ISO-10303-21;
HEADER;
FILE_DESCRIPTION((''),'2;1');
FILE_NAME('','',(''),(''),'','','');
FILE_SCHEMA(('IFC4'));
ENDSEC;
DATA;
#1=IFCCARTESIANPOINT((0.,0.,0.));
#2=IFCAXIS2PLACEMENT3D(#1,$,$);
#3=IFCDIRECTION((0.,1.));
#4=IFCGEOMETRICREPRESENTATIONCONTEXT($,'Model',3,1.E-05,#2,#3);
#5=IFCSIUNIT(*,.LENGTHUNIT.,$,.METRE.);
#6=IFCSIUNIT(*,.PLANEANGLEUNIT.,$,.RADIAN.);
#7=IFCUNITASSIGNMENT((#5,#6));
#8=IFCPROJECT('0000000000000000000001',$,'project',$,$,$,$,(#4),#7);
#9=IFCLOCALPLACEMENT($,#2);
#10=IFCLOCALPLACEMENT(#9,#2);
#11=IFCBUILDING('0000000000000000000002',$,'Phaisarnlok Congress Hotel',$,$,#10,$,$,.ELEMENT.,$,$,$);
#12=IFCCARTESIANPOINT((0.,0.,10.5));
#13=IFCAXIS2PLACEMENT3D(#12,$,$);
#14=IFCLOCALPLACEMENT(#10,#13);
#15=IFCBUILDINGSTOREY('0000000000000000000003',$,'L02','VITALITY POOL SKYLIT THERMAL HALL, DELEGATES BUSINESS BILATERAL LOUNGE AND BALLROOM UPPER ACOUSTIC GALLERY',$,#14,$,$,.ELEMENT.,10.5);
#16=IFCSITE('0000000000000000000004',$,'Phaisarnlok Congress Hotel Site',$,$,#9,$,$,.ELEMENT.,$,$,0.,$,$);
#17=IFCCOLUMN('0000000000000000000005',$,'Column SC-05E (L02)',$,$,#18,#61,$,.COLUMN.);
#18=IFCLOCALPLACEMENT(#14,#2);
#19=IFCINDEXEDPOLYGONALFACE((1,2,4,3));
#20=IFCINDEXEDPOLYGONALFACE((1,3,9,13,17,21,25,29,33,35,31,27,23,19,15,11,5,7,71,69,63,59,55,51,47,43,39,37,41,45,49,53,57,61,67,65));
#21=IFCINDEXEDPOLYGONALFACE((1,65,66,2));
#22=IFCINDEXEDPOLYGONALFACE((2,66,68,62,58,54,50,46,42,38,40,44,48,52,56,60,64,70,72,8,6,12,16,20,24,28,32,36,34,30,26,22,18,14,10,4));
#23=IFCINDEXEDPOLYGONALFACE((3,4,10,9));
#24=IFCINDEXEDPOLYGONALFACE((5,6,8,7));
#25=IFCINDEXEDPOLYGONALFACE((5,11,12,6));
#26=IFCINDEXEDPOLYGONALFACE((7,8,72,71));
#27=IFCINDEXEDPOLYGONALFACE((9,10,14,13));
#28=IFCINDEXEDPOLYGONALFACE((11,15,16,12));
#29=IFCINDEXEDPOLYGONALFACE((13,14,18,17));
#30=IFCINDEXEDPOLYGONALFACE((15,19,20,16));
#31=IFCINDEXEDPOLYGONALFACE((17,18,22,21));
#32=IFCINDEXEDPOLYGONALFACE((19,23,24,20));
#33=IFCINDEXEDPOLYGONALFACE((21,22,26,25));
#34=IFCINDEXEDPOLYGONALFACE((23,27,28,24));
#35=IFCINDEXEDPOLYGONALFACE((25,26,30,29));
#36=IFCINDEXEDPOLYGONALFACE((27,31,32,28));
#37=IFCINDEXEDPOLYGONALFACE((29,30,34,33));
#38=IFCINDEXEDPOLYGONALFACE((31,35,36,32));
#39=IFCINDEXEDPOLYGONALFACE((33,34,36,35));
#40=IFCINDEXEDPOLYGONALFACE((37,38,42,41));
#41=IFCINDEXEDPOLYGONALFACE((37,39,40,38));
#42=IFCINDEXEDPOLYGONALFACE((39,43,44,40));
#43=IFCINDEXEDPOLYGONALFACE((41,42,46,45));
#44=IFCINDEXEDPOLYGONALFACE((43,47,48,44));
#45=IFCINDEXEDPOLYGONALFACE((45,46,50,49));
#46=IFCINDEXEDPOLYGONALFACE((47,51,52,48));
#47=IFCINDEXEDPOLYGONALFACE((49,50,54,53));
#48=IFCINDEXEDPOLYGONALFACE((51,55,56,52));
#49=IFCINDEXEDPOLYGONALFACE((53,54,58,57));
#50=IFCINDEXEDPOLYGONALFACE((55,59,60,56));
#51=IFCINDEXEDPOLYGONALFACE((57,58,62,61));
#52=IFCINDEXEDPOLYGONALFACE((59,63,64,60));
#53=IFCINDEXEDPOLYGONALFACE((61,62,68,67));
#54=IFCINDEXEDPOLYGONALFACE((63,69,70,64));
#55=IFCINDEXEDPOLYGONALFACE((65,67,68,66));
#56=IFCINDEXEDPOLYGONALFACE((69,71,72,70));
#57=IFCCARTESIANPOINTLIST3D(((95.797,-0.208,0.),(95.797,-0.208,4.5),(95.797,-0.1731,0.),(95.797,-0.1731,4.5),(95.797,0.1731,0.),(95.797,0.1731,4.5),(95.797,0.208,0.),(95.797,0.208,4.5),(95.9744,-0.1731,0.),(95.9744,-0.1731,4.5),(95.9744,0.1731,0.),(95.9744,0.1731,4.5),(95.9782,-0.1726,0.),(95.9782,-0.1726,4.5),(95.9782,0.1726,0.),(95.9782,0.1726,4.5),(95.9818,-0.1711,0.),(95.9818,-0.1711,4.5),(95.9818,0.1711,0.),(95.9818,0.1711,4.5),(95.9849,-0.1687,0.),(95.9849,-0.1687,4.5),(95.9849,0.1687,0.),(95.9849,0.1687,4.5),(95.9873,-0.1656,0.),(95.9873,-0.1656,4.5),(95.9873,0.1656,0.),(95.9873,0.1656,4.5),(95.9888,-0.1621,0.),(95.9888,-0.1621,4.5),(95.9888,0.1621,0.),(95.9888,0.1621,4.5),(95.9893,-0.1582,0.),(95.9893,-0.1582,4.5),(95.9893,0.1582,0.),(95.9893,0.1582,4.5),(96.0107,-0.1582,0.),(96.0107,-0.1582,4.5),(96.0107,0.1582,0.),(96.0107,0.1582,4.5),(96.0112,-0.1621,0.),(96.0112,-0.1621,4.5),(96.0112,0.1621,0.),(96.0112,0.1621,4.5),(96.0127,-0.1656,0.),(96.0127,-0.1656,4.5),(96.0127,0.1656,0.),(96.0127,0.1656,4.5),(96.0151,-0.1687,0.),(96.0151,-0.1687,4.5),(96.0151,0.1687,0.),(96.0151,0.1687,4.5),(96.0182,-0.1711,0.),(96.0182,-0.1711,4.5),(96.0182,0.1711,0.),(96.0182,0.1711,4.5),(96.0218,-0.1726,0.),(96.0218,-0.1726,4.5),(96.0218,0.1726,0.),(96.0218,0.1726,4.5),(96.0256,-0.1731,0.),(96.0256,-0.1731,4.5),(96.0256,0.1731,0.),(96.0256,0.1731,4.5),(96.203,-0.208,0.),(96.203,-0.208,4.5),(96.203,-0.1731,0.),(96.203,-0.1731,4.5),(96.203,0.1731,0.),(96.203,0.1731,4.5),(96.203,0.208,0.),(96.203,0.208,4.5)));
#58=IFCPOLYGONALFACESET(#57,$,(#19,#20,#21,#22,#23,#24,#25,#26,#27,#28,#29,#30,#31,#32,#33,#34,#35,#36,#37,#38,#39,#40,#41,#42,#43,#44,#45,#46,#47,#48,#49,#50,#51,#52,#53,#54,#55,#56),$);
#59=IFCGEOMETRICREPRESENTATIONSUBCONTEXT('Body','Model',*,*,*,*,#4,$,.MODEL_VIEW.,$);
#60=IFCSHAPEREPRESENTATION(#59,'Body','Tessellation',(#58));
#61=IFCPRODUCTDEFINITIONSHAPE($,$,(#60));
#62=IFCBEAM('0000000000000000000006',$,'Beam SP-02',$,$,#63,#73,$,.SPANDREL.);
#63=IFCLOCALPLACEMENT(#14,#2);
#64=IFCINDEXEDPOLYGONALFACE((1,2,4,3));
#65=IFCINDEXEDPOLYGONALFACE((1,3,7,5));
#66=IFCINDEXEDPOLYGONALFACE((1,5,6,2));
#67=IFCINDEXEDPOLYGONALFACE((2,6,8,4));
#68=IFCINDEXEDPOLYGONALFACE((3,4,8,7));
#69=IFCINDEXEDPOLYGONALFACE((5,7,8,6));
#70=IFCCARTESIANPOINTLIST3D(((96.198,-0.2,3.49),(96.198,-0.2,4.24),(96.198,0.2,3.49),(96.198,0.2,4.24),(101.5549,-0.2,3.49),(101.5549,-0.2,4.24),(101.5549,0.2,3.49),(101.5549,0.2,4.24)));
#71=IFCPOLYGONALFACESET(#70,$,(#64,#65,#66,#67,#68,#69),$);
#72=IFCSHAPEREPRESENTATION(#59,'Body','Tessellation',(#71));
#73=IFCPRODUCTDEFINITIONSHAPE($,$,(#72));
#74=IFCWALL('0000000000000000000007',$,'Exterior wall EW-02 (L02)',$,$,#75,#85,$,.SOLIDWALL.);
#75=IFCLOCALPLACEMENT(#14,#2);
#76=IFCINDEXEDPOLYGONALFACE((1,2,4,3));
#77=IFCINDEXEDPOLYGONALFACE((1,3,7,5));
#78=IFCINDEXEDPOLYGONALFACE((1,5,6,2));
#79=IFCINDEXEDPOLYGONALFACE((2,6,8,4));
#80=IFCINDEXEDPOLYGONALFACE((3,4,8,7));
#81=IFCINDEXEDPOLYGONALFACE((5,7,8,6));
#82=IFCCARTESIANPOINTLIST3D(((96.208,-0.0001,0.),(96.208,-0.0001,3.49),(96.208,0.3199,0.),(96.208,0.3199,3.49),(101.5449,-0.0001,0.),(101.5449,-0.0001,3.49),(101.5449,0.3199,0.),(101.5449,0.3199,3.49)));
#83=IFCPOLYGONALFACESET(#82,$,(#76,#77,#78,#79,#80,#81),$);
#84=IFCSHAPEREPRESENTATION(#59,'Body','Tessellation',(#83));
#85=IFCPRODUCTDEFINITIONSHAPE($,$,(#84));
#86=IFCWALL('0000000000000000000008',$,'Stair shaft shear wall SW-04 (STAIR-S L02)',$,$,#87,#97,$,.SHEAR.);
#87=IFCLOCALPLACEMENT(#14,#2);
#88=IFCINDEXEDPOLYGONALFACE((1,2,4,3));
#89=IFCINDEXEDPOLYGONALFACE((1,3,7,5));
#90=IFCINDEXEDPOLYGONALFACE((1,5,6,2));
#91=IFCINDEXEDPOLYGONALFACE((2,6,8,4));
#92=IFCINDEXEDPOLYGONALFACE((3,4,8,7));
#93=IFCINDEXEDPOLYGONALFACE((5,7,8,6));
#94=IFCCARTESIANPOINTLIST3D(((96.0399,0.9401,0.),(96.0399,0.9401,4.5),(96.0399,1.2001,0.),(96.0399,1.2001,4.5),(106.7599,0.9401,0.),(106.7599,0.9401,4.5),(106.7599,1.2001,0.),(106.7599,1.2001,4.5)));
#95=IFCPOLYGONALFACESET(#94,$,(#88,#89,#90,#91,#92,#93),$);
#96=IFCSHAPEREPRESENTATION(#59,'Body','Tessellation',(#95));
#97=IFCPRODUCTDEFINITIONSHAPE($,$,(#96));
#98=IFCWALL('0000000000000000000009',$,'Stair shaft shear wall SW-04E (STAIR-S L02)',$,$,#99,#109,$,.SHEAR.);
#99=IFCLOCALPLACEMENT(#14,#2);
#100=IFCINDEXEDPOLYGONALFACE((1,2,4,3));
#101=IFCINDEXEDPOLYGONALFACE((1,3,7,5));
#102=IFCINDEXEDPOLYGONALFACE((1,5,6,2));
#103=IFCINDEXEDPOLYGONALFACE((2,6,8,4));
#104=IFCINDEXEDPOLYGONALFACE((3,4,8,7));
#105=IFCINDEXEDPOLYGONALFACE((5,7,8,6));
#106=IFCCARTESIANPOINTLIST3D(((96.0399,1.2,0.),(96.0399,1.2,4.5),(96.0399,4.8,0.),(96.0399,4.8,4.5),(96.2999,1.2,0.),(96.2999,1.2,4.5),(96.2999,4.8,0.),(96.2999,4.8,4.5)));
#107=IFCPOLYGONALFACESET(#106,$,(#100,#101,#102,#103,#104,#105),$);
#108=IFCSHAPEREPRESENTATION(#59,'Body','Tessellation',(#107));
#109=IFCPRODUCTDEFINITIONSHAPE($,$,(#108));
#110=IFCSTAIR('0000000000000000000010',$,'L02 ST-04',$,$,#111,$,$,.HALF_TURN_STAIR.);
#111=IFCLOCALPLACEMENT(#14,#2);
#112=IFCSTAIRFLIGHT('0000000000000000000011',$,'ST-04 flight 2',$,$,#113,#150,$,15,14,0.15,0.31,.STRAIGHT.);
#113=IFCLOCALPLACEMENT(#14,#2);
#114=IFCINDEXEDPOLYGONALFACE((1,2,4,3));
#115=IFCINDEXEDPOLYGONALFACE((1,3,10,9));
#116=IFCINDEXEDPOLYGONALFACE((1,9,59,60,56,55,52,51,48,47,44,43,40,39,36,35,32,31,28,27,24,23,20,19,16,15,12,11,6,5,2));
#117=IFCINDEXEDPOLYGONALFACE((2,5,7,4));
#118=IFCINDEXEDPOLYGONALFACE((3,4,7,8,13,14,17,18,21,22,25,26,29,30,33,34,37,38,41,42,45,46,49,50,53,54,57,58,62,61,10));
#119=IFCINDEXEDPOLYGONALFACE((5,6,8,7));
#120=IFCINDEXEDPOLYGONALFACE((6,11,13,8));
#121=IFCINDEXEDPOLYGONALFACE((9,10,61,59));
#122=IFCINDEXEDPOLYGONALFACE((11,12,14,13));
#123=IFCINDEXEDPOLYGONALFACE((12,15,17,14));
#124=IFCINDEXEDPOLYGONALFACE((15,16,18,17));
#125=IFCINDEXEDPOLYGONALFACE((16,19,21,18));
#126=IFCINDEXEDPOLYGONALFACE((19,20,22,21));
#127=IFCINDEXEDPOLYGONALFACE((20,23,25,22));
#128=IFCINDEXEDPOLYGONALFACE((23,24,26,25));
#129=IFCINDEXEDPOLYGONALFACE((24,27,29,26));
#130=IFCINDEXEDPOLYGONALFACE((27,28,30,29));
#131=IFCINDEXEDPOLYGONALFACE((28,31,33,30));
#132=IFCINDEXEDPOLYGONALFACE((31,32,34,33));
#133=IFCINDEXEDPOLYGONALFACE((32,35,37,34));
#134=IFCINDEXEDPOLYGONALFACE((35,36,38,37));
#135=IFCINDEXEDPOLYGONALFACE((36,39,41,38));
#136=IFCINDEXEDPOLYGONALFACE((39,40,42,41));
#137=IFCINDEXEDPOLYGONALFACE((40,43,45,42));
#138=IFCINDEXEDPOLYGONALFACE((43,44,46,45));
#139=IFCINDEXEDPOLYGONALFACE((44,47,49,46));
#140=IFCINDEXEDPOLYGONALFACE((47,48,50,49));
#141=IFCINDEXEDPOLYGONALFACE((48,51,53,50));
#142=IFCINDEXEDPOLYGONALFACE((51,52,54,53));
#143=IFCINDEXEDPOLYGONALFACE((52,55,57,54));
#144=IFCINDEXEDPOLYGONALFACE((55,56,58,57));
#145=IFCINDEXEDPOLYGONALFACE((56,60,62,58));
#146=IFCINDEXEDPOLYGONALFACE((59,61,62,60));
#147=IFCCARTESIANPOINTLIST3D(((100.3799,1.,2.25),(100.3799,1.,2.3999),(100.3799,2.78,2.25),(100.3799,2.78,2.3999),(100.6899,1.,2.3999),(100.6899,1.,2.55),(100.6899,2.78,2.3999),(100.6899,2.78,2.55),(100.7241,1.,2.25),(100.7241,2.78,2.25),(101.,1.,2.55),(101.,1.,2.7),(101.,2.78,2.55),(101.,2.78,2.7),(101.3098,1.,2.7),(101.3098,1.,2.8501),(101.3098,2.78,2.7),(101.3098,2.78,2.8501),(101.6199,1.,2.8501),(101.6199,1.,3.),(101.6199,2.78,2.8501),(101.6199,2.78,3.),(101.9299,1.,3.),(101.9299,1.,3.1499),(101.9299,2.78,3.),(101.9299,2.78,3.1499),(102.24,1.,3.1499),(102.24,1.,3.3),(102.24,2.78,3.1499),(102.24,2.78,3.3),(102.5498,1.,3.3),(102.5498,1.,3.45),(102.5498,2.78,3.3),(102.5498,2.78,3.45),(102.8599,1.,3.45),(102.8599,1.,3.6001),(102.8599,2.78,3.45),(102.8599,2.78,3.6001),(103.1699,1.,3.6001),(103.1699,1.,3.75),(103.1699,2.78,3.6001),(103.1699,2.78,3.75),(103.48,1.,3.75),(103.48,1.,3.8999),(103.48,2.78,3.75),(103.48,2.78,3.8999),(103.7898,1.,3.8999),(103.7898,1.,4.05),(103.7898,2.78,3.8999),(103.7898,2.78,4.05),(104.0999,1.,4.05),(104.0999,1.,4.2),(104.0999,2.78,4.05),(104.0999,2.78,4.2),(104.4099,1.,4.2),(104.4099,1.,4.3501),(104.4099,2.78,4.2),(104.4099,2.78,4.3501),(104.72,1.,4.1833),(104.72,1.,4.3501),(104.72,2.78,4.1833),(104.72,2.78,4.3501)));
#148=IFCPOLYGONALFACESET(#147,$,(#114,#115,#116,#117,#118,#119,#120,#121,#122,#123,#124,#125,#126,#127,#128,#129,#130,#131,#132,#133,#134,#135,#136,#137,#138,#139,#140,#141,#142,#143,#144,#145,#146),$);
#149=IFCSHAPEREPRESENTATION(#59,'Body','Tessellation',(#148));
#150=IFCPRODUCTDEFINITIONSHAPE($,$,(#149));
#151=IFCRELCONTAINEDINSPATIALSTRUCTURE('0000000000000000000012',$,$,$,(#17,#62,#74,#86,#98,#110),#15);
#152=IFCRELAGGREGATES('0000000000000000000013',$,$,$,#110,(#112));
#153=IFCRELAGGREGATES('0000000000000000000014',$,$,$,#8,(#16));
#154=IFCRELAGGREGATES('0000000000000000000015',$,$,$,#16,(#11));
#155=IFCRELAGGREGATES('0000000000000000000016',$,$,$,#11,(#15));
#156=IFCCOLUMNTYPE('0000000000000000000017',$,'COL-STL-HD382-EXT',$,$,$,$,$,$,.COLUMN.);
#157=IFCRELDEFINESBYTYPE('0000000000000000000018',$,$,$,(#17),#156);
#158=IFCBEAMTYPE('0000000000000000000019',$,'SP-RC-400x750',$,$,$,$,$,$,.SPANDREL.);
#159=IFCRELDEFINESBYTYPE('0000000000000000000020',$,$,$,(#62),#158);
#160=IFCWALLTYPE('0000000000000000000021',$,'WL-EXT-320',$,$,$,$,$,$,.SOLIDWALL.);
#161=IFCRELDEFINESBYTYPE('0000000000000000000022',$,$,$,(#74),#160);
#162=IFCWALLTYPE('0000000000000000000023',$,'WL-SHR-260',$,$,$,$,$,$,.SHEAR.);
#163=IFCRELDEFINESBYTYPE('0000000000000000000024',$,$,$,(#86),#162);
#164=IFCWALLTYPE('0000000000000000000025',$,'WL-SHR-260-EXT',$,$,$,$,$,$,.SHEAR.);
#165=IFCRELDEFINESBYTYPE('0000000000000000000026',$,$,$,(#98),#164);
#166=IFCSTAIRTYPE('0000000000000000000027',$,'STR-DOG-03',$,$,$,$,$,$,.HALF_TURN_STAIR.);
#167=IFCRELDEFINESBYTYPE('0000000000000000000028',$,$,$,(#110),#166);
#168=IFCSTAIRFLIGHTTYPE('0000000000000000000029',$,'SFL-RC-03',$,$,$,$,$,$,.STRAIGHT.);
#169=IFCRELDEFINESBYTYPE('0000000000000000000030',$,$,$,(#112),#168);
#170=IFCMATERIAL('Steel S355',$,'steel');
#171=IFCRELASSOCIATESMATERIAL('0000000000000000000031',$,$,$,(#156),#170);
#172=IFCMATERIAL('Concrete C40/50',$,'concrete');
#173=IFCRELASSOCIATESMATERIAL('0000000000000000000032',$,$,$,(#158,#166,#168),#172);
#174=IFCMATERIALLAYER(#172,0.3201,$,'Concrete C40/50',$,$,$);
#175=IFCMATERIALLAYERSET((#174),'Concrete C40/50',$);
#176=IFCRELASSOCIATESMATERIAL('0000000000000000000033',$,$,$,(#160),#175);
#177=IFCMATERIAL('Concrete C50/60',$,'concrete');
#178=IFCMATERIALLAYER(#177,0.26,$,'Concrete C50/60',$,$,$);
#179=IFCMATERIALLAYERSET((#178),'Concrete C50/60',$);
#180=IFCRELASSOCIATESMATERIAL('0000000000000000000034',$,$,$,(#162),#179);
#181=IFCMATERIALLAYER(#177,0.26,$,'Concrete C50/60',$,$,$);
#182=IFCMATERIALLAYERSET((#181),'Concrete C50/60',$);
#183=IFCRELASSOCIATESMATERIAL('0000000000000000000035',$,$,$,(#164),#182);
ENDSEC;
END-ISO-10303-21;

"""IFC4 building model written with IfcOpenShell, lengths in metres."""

from ifc_helpers import new_model, si_unit, direction, frame, frame_2d, origin, origin_2d, place, context, subcontext, project, spatial, polyline, rectangle, i_section, outline, extrude, material, layer, layer_set, material_profile, profile_set, type_object, element, aggregate, save


model = new_model("IFC4")

# Units and contexts
model_context = context("Model", 3, precision=1e-05, world=origin(), true_north=direction((0.0, 1.0)))
body_context = subcontext(model_context, "Body", "Model", "MODEL_VIEW")
ifc_project = project(units=[si_unit("LENGTHUNIT", "METRE"), si_unit("PLANEANGLEUNIT", "RADIAN")], contexts=[model_context])

# Site, building, storey
site_placement = place(None, origin())
site = spatial("IfcSite", under=ifc_project, at=site_placement, Name="Phaisarnlok Congress Hotel Site", CompositionType="ELEMENT", RefElevation=0.0)
building_placement = place(site_placement, origin())
building = spatial("IfcBuilding", under=site, at=building_placement, Name="Phaisarnlok Congress Hotel", CompositionType="ELEMENT")
storey_placement = place(building_placement, frame((0.0, 0.0, 10.5)))
storey = spatial("IfcBuildingStorey", under=building, at=storey_placement, Name="L02", Description="VITALITY POOL SKYLIT THERMAL HALL, DELEGATES BUSINESS BILATERAL LOUNGE AND BALLROOM UPPER ACOUSTIC GALLERY", CompositionType="ELEMENT", Elevation=10.5)

# Column
ifc_material_1 = material(Name="Steel S355", Category="steel")
ifc_material_profile_1 = material_profile(ifc_material_1, i_section(OverallWidth=0.406, OverallDepth=0.416, WebThickness=0.0215, FlangeThickness=0.0349, FilletRadius=0.0149, at=origin_2d()), Name="HD 400x382")
ifc_profile_set_1 = profile_set([ifc_material_profile_1], Name="Steel S355")
column_type = type_object("IfcColumnType", Name="COL-STL-HD382-EXT", PredefinedType="COLUMN", material=ifc_profile_set_1)
column_placement = place(storey_placement, frame((96.0, 0.0, 0.0), z_axis=(0.0, 0.0, 1.0), x_axis=(1.0, 0.0, 0.0)))
element("IfcColumn", 1, at=column_placement, inside=storey, type_object=column_type, Name="Column SC-05E (L02)", PredefinedType="COLUMN", context=body_context, shape_type="SweptSolid", body=[
    extrude(i_section(OverallWidth=0.406, OverallDepth=0.416, WebThickness=0.0215, FlangeThickness=0.0349, FilletRadius=0.0149, at=origin_2d()), origin(), (0.0, 0.0, 1.0), 4.5),
])

# Beam
ifc_material_2 = material(Name="Concrete C40/50", Category="concrete")
ifc_material_profile_2 = material_profile(ifc_material_2, rectangle(XDim=0.3999, YDim=0.75, at=origin_2d()), Name="RC 400x750")
ifc_profile_set_2 = profile_set([ifc_material_profile_2], Name="Concrete C40/50")
beam_type = type_object("IfcBeamType", Name="SP-RC-400x750", PredefinedType="SPANDREL", material=ifc_profile_set_2)
beam_placement = place(storey_placement, frame((96.198, 0.0, 3.865), z_axis=(1.0, 0.0, 0.0), x_axis=(0.0, 1.0, 0.0)))
element("IfcBeam", 2, at=beam_placement, inside=storey, type_object=beam_type, Name="Beam SP-02", PredefinedType="SPANDREL", context=body_context, shape_type="SweptSolid", body=[
    extrude(rectangle(XDim=0.3999, YDim=0.75, at=origin_2d()), origin(), (0.0, 0.0, 1.0), 5.3569),
])

# Walls
ifc_layer_1 = layer(ifc_material_2, 0.3201, Name="Concrete C40/50")
ifc_layer_set_1 = layer_set([ifc_layer_1], Name="Concrete C40/50")
wall_type_1 = type_object("IfcWallType", Name="WL-EXT-320", PredefinedType="SOLIDWALL", material=ifc_layer_set_1)
wall_1_placement = place(storey_placement, frame((96.208, 0.1599, 0.0), z_axis=(0.0, 0.0, 1.0), x_axis=(1.0, 0.0, 0.0)))
element("IfcWall", 3, at=wall_1_placement, inside=storey, type_object=wall_type_1, Name="Exterior wall EW-02 (L02)", PredefinedType="SOLIDWALL", context=body_context, shape_type="SweptSolid", body=[
    extrude(rectangle(XDim=5.3369, YDim=0.3201, at=frame_2d((2.6685, 0.0))), origin(), (0.0, 0.0, 1.0), 3.49),
])
ifc_material_3 = material(Name="Concrete C50/60", Category="concrete")
ifc_layer_2 = layer(ifc_material_3, 0.26, Name="Concrete C50/60")
ifc_layer_set_2 = layer_set([ifc_layer_2], Name="Concrete C50/60")
wall_type_2 = type_object("IfcWallType", Name="WL-SHR-260", PredefinedType="SHEAR", material=ifc_layer_set_2)
wall_2_placement = place(storey_placement, frame((96.04, 1.0701, 0.0), z_axis=(0.0, 0.0, 1.0), x_axis=(1.0, 0.0, 0.0)))
element("IfcWall", 4, at=wall_2_placement, inside=storey, type_object=wall_type_2, Name="Stair shaft shear wall SW-04 (STAIR-S L02)", PredefinedType="SHEAR", context=body_context, shape_type="SweptSolid", body=[
    extrude(rectangle(XDim=10.72, YDim=0.26, at=frame_2d((5.3599, 0.0))), origin(), (0.0, 0.0, 1.0), 4.5),
])
ifc_layer_3 = layer(ifc_material_3, 0.26, Name="Concrete C50/60")
ifc_layer_set_3 = layer_set([ifc_layer_3], Name="Concrete C50/60")
wall_type_3 = type_object("IfcWallType", Name="WL-SHR-260-EXT", PredefinedType="SHEAR", material=ifc_layer_set_3)
wall_3_placement = place(storey_placement, frame((96.1699, 1.2, 0.0), z_axis=(0.0, 0.0, 1.0), x_axis=(0.0, 1.0, 0.0)))
element("IfcWall", 5, at=wall_3_placement, inside=storey, type_object=wall_type_3, Name="Stair shaft shear wall SW-04E (STAIR-S L02)", PredefinedType="SHEAR", context=body_context, shape_type="SweptSolid", body=[
    extrude(rectangle(XDim=3.6001, YDim=0.26, at=frame_2d((1.8, 0.0))), origin(), (0.0, 0.0, 1.0), 4.5),
])

# Stair, stair flight
stair_type = type_object("IfcStairType", Name="STR-DOG-03", PredefinedType="HALF_TURN_STAIR", material=ifc_material_2)
stair_placement = place(storey_placement, origin())
stair = element("IfcStair", 6, at=stair_placement, inside=storey, type_object=stair_type, Name="L02 ST-04", PredefinedType="HALF_TURN_STAIR")
stair_flight_type = type_object("IfcStairFlightType", Name="SFL-RC-03", PredefinedType="STRAIGHT", material=ifc_material_2)
stair_flight_placement = place(storey_placement, frame((100.3799, 1.8899, 2.25), z_axis=(0.0, 0.0, 1.0), x_axis=(1.0, 0.0, 0.0)))
stair_flight = element("IfcStairFlight", 7, at=stair_flight_placement, type_object=stair_flight_type, Name="ST-04 flight 2", NumberOfRisers=15, NumberOfTreads=14, PredefinedType="STRAIGHT", RiserHeight=0.15, TreadLength=0.31, context=body_context, shape_type="SweptSolid", body=[
    extrude(outline(polyline([(0.0, 0.0), (0.0, 0.1499), (0.3101, 0.1499), (0.3101, 0.3), (0.6201, 0.3), (0.6201, 0.45), (0.9299, 0.45), (0.9299, 0.6001), (1.24, 0.6001), (1.24, 0.75), (1.55, 0.75), (1.55, 0.8999), (1.8601, 0.8999), (1.8601, 1.05), (2.1699, 1.05), (2.1699, 1.2), (2.48, 1.2), (2.48, 1.3501), (2.79, 1.3501), (2.79, 1.5), (3.1001, 1.5), (3.1001, 1.6499), (3.4099, 1.6499), (3.4099, 1.8), (3.72, 1.8), (3.72, 1.95), (4.03, 1.95), (4.03, 2.1001), (4.3401, 2.1001), (4.3401, 2.25), (4.3401, 1.9333), (0.3442, 0.0), (0.0, 0.0)])), frame((0.0, 0.8901, 0.0), z_axis=(0.0, -1.0, 0.0), x_axis=(1.0, 0.0, 0.0)), (0.0, 0.0, 1.0), 1.78),
])
aggregate(stair, [stair_flight])

save(model, "model.ifc")
